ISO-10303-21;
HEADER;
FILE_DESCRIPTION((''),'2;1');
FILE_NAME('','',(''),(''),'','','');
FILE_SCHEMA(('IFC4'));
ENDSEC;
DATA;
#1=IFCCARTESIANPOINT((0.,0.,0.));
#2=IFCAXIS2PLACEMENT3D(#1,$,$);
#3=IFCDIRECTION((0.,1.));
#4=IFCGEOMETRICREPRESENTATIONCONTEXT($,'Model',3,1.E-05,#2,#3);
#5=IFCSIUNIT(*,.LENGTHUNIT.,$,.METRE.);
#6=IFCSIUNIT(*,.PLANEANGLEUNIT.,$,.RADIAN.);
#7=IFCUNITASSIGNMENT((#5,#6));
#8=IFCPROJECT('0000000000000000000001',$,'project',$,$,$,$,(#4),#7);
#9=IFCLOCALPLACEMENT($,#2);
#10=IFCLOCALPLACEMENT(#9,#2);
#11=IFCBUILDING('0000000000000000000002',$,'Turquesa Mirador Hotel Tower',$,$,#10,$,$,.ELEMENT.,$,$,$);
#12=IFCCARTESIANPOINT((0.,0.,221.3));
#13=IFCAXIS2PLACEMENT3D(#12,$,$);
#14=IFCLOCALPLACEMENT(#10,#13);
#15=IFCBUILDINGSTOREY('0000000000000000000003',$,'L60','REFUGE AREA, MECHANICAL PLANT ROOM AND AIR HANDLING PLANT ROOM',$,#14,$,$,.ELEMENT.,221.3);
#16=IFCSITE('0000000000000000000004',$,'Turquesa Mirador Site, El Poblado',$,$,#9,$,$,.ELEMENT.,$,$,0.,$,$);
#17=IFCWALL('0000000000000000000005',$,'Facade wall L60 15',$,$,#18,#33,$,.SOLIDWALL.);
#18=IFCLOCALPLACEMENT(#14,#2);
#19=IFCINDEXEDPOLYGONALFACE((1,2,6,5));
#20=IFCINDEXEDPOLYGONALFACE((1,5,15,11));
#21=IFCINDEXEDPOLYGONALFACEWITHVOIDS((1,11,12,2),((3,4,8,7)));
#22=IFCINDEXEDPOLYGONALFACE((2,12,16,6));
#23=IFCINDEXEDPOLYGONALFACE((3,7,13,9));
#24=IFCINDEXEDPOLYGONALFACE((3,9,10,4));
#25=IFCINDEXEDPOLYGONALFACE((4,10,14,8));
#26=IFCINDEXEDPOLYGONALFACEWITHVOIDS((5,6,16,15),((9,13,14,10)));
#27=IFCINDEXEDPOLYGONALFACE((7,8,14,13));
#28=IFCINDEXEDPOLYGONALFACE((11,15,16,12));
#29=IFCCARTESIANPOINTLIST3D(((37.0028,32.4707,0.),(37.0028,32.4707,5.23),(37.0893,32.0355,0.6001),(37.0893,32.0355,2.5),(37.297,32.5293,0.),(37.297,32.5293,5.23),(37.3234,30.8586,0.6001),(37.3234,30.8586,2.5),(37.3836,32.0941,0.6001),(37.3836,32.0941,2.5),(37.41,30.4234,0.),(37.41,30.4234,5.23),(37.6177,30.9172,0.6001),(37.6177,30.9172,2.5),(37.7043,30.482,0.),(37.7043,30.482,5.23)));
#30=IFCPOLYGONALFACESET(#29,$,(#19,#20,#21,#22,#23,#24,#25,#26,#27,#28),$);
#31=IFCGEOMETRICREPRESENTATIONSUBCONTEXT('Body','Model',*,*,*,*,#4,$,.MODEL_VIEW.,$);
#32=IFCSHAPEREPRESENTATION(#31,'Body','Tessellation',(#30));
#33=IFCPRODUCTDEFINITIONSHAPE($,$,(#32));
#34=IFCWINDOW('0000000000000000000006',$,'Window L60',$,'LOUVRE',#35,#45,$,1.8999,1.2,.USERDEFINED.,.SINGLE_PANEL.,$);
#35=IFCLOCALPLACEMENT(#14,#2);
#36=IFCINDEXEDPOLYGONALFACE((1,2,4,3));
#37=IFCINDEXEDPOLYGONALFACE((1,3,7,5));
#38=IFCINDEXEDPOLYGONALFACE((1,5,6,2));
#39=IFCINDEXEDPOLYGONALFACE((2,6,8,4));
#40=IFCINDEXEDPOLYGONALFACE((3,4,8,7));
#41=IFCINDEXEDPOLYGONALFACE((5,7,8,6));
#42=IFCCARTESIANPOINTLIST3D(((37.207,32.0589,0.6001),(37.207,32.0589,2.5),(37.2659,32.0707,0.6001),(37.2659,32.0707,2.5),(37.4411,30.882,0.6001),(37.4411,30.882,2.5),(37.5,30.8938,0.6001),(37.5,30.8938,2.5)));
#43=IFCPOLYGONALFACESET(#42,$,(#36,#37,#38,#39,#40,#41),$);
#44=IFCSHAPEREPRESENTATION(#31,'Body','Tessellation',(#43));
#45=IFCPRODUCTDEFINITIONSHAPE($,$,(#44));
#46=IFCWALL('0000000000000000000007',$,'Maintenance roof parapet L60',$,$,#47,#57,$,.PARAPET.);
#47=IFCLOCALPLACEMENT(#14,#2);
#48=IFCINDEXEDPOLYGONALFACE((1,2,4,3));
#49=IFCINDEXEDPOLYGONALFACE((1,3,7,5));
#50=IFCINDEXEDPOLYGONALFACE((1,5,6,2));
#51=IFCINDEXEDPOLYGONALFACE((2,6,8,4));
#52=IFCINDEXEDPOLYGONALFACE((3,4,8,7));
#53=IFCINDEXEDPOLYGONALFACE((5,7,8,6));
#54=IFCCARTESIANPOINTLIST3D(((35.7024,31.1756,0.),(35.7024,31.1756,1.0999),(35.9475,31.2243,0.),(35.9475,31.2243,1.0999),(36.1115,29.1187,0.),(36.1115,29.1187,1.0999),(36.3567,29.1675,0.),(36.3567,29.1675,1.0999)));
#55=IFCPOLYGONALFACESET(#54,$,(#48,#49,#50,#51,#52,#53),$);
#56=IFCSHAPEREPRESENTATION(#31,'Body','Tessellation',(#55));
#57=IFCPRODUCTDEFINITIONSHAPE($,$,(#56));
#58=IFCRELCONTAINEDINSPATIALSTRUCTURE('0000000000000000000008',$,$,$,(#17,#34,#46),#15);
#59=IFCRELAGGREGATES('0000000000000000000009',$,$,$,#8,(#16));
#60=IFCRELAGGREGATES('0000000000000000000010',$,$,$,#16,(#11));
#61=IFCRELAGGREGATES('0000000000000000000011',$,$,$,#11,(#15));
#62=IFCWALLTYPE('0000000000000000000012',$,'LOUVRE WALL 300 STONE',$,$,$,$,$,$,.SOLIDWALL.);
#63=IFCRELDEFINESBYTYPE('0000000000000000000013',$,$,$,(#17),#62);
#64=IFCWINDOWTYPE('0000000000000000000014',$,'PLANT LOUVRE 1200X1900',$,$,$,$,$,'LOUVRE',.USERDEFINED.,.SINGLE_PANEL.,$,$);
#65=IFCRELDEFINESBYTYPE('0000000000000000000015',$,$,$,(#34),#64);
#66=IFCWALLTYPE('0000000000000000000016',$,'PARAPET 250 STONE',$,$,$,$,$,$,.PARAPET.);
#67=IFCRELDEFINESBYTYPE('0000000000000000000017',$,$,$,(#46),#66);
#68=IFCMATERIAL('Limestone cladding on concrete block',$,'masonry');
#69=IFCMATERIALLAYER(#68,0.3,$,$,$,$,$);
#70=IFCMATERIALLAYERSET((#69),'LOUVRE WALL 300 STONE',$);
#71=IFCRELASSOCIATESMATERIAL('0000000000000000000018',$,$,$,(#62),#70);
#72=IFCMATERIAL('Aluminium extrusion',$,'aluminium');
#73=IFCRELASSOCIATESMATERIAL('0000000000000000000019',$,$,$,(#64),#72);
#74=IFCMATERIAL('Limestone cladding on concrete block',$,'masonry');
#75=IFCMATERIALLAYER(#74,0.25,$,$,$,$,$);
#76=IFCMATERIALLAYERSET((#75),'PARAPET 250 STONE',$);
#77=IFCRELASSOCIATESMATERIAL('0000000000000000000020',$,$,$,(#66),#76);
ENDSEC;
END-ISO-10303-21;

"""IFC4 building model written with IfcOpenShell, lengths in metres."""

from ifc_helpers import new_model, si_unit, direction, frame, frame_2d, origin, place, context, subcontext, project, spatial, rectangle, extrude, material, layer, layer_set, type_object, element, fill, save


model = new_model("IFC4")

# Units and contexts
model_context = context("Model", 3, precision=1e-05, world=origin(), true_north=direction((0.0, 1.0)))
body_context = subcontext(model_context, "Body", "Model", "MODEL_VIEW")
ifc_project = project(units=[si_unit("LENGTHUNIT", "METRE"), si_unit("PLANEANGLEUNIT", "RADIAN")], contexts=[model_context])

# Site, building, storey
site_placement = place(None, origin())
site = spatial("IfcSite", under=ifc_project, at=site_placement, Name="Turquesa Mirador Site, El Poblado", CompositionType="ELEMENT", RefElevation=0.0)
building_placement = place(site_placement, origin())
building = spatial("IfcBuilding", under=site, at=building_placement, Name="Turquesa Mirador Hotel Tower", CompositionType="ELEMENT")
storey_placement = place(building_placement, frame((0.0, 0.0, 221.3)))
storey = spatial("IfcBuildingStorey", under=building, at=storey_placement, Name="L60", Description="REFUGE AREA, MECHANICAL PLANT ROOM AND AIR HANDLING PLANT ROOM", CompositionType="ELEMENT", Elevation=221.3)

# Wall, opening, window
ifc_material_1 = material(Name="Limestone cladding on concrete block", Category="masonry")
ifc_layer_1 = layer(ifc_material_1, 0.3)
ifc_layer_set_1 = layer_set([ifc_layer_1], Name="LOUVRE WALL 300 STONE")
wall_type_1 = type_object("IfcWallType", Name="LOUVRE WALL 300 STONE", PredefinedType="SOLIDWALL", material=ifc_layer_set_1)
wall_1_placement = place(storey_placement, frame((37.1499, 32.5, 0.0), z_axis=(0.0, 0.0, 1.0), x_axis=(0.195081, -0.980787, 0.0)))
wall_1 = element("IfcWall", 1, at=wall_1_placement, inside=storey, type_object=wall_type_1, Name="Facade wall L60 15", PredefinedType="SOLIDWALL", context=body_context, shape_type="SweptSolid", body=[
    extrude(rectangle(XDim=2.0874, YDim=0.3, at=frame_2d((1.0437, 0.0))), origin(), (0.0, 0.0, 1.0), 5.23),
])
opening_placement = place(wall_1_placement, frame((0.4436, 0.0, 0.6001)))
opening = element("IfcOpeningElement", 2, at=opening_placement, cuts=wall_1, PredefinedType="OPENING", context=body_context, shape_type="SweptSolid", body=[
    extrude(rectangle(XDim=1.2, YDim=1.8999, at=frame_2d((0.6001, 0.95))), frame((0.0, 0.1599, 0.0), z_axis=(0.0, -1.0, 0.0), x_axis=(1.0, 0.0, 0.0)), (0.0, 0.0, 1.0), 0.3201),
])
ifc_material_2 = material(Name="Aluminium extrusion", Category="aluminium")
window_type = type_object("IfcWindowType", Name="PLANT LOUVRE 1200X1900", ElementType="LOUVRE", PartitioningType="SINGLE_PANEL", PredefinedType="USERDEFINED", material=ifc_material_2)
window_placement = place(opening_placement, origin())
window = element("IfcWindow", 3, at=window_placement, inside=storey, type_object=window_type, Name="Window L60", ObjectType="LOUVRE", OverallHeight=1.8999, OverallWidth=1.2, PartitioningType="SINGLE_PANEL", PredefinedType="USERDEFINED", context=body_context, shape_type="SweptSolid", body=[
    extrude(rectangle(XDim=1.2, YDim=1.8999, at=frame_2d((0.6001, 0.95))), frame((0.0, 0.03, 0.0), z_axis=(0.0, -1.0, 0.0), x_axis=(1.0, 0.0, 0.0)), (0.0, 0.0, 1.0), 0.0601),
])
fill(opening, window)

# Wall
ifc_material_3 = material(Name="Limestone cladding on concrete block", Category="masonry")
ifc_layer_2 = layer(ifc_material_3, 0.25)
ifc_layer_set_2 = layer_set([ifc_layer_2], Name="PARAPET 250 STONE")
wall_type_2 = type_object("IfcWallType", Name="PARAPET 250 STONE", PredefinedType="PARAPET", material=ifc_layer_set_2)
wall_2_placement = place(storey_placement, frame((35.825, 31.2, 0.0), z_axis=(0.0, 0.0, 1.0), x_axis=(0.195109, -0.980782, 0.0)))
element("IfcWall", 4, at=wall_2_placement, inside=storey, type_object=wall_type_2, Name="Maintenance roof parapet L60", PredefinedType="PARAPET", context=body_context, shape_type="SweptSolid", body=[
    extrude(rectangle(XDim=2.0972, YDim=0.25, at=frame_2d((1.0486, 0.0))), origin(), (0.0, 0.0, 1.0), 1.0999),
])

save(model, "model.ifc")
